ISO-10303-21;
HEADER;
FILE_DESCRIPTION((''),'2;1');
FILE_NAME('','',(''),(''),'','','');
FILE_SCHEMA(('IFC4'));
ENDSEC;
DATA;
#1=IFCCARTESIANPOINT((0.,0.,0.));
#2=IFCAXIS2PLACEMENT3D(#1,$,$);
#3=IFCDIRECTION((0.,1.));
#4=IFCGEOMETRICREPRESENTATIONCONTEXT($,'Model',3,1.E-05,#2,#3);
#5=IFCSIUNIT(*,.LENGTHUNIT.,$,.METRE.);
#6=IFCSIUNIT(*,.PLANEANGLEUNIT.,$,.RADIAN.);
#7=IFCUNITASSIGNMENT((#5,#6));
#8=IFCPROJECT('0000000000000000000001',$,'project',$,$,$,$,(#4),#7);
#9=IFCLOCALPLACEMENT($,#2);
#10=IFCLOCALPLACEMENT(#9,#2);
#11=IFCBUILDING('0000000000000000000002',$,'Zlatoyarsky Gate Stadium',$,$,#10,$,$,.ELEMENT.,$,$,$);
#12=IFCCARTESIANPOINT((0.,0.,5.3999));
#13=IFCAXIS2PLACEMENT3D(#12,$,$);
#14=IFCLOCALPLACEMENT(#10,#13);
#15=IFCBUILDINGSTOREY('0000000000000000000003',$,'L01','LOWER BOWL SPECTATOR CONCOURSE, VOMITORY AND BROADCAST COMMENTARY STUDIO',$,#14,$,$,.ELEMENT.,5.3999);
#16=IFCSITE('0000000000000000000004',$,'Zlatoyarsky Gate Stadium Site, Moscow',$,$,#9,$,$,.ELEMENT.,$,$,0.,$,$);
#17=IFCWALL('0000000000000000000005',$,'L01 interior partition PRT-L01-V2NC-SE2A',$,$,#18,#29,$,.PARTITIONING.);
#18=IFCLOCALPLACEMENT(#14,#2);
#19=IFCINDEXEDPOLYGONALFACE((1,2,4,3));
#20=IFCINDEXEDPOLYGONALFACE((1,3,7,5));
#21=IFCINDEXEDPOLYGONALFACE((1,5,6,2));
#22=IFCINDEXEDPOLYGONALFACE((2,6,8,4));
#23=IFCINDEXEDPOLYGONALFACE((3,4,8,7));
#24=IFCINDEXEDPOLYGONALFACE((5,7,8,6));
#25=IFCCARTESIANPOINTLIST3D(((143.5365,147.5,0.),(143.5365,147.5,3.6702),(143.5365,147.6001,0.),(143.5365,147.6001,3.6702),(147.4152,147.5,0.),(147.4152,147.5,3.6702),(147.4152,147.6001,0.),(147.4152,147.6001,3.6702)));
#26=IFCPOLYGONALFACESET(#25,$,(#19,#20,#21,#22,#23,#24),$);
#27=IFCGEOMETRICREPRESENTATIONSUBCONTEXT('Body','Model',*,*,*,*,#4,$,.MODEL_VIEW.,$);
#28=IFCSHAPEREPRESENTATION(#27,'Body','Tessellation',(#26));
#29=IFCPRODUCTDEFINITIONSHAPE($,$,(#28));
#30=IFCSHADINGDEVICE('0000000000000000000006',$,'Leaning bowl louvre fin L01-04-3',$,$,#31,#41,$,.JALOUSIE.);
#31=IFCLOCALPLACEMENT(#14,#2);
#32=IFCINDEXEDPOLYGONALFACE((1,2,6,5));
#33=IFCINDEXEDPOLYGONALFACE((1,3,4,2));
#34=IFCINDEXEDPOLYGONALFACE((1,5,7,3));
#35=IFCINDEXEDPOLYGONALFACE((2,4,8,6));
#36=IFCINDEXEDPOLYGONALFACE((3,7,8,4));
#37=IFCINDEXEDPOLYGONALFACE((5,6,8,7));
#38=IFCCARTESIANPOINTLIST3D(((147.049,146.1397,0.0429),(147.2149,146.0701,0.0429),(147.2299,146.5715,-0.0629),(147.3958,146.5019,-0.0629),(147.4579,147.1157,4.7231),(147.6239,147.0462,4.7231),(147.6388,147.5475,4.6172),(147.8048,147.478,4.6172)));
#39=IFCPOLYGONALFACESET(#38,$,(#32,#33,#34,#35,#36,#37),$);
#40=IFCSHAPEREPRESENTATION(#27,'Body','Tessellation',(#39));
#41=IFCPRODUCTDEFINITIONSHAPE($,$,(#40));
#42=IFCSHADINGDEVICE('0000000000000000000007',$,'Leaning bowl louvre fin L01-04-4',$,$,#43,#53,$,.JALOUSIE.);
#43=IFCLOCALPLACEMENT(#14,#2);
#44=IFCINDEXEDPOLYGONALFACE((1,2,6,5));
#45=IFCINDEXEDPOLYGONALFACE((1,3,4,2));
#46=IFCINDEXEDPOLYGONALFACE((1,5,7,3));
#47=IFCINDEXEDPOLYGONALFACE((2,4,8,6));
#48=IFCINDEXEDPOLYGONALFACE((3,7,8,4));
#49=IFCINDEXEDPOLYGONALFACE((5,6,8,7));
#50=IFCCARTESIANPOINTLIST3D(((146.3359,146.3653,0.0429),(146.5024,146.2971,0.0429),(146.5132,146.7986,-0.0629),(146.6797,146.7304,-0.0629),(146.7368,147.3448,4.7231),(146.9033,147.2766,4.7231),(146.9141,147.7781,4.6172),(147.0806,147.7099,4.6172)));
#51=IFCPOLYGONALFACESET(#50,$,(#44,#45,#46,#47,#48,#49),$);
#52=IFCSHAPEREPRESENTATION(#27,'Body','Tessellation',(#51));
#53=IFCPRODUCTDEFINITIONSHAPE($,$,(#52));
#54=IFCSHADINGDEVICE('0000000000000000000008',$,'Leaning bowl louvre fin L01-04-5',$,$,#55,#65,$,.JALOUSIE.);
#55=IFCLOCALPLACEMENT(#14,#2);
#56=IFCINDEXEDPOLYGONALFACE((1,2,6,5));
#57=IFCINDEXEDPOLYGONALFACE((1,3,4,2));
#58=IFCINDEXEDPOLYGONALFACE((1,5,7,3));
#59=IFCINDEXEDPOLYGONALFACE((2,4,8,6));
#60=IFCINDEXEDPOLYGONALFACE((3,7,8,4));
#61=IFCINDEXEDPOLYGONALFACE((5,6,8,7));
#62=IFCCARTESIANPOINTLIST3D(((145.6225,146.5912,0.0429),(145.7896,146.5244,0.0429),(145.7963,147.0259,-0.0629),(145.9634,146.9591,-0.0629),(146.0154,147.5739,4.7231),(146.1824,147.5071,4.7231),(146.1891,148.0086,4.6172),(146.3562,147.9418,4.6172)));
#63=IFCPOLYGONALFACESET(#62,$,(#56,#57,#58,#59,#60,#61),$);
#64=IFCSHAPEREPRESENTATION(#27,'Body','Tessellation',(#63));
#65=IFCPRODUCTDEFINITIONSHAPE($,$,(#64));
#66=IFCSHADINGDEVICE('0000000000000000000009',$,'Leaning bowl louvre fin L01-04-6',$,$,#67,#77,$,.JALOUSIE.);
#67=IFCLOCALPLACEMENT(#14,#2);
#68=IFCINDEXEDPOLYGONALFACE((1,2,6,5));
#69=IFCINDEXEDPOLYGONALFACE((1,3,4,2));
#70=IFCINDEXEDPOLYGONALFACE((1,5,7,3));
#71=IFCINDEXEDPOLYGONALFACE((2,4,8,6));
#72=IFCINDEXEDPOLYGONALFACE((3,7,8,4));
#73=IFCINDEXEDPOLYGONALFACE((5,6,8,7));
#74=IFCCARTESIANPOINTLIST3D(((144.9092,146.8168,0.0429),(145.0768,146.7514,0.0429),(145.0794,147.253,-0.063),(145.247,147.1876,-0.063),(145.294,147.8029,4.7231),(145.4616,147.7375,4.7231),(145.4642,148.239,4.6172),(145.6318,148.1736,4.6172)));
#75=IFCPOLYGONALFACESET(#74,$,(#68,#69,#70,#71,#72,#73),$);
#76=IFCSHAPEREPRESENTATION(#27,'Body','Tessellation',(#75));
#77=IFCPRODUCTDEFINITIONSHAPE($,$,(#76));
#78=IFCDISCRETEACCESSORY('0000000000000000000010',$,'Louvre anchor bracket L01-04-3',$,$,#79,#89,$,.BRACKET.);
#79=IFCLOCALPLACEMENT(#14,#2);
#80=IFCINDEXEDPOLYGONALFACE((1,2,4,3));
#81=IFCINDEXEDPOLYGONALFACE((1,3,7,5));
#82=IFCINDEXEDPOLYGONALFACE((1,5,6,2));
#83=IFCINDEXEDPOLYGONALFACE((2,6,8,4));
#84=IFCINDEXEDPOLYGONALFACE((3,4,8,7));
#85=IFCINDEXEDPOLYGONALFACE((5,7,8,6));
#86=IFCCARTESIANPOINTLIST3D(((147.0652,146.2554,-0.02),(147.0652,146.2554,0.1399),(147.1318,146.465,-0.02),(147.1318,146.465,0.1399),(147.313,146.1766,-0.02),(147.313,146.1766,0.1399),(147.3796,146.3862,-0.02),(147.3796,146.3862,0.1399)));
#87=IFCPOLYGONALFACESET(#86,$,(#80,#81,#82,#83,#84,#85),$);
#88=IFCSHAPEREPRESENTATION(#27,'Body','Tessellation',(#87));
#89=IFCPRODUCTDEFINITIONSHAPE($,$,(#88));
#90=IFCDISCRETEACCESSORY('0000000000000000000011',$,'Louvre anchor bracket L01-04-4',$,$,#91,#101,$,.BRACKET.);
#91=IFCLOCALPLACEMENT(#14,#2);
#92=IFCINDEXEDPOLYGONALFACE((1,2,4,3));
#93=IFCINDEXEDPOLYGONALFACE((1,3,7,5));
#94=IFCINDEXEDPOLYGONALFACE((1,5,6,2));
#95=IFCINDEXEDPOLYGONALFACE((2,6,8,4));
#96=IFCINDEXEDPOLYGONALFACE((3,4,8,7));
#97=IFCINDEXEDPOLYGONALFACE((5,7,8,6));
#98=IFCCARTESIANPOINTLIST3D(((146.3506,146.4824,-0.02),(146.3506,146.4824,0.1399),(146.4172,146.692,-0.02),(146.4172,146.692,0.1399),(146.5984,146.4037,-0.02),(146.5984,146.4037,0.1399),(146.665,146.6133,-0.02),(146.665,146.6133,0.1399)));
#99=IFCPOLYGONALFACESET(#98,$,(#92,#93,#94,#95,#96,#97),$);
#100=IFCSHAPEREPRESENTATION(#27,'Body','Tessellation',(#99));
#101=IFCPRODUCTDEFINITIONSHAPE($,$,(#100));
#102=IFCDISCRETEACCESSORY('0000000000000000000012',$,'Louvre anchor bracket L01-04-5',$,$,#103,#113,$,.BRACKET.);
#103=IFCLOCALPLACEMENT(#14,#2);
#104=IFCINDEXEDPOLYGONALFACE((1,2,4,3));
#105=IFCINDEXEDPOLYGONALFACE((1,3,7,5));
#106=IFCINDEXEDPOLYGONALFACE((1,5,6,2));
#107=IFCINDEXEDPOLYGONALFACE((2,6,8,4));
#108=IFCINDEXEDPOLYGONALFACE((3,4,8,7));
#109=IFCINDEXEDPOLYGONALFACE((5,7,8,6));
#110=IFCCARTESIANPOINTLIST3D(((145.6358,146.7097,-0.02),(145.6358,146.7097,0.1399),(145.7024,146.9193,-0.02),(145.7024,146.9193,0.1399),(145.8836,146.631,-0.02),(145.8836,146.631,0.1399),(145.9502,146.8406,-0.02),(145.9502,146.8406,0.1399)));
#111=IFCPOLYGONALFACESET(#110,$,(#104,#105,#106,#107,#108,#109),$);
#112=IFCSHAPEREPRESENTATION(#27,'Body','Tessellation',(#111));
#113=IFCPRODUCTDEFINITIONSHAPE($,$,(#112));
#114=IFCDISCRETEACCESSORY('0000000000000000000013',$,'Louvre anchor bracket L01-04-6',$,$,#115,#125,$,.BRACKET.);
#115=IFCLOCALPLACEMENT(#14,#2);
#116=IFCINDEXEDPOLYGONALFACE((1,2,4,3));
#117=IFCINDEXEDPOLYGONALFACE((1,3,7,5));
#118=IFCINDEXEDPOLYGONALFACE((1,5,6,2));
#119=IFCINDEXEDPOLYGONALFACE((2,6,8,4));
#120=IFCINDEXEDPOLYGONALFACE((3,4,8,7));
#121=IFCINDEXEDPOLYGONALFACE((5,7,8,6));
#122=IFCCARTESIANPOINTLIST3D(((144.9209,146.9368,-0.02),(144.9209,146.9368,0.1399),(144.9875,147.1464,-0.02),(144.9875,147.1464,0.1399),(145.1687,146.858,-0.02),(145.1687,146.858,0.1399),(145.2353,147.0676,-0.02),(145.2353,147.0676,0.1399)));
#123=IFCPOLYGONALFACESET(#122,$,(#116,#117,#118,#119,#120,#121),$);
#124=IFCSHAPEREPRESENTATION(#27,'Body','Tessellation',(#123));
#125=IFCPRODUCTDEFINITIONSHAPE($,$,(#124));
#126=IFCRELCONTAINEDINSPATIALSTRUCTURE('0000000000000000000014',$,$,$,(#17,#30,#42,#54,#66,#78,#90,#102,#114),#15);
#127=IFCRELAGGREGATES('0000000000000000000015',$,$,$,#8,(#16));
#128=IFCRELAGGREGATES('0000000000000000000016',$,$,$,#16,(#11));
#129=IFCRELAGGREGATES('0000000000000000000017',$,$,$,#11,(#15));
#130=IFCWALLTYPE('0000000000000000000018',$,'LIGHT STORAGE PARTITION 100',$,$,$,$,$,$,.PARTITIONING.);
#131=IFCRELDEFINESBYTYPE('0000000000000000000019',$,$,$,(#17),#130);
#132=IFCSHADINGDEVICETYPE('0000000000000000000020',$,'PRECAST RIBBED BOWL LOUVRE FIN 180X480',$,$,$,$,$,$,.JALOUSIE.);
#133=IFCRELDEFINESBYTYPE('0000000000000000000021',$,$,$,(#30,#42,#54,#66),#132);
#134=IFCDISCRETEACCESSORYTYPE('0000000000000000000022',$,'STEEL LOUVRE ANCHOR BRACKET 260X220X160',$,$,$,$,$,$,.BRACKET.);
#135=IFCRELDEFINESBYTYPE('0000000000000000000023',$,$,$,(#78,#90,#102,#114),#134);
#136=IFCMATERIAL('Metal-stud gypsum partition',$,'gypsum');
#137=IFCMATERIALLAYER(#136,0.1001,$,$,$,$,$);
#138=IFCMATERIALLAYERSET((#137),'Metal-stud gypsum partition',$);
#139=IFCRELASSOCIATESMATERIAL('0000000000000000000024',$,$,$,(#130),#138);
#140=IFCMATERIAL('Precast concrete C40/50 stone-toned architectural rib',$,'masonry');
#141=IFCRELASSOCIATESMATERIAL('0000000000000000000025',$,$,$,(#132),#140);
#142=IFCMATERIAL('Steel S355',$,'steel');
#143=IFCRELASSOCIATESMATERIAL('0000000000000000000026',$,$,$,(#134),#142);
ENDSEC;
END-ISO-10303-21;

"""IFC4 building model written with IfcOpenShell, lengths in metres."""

from ifc_helpers import new_model, si_unit, direction, frame, frame_2d, origin, origin_2d, place, context, subcontext, project, spatial, rectangle, extrude, material, layer, layer_set, material_profile, profile_set, type_object, element, save


model = new_model("IFC4")

# Units and contexts
model_context = context("Model", 3, precision=1e-05, world=origin(), true_north=direction((0.0, 1.0)))
body_context = subcontext(model_context, "Body", "Model", "MODEL_VIEW")
ifc_project = project(units=[si_unit("LENGTHUNIT", "METRE"), si_unit("PLANEANGLEUNIT", "RADIAN")], contexts=[model_context])

# Site, building, storey
site_placement = place(None, origin())
site = spatial("IfcSite", under=ifc_project, at=site_placement, Name="Zlatoyarsky Gate Stadium Site, Moscow", CompositionType="ELEMENT", RefElevation=0.0)
building_placement = place(site_placement, origin())
building = spatial("IfcBuilding", under=site, at=building_placement, Name="Zlatoyarsky Gate Stadium", CompositionType="ELEMENT")
storey_placement = place(building_placement, frame((0.0, 0.0, 5.3999)))
storey = spatial("IfcBuildingStorey", under=building, at=storey_placement, Name="L01", Description="LOWER BOWL SPECTATOR CONCOURSE, VOMITORY AND BROADCAST COMMENTARY STUDIO", CompositionType="ELEMENT", Elevation=5.3999)

# Shared definitions
ifc_material_1 = material(Name="Steel S355", Category="steel")

# Wall
ifc_material_2 = material(Name="Metal-stud gypsum partition", Category="gypsum")
ifc_layer_1 = layer(ifc_material_2, 0.1001)
ifc_layer_set_1 = layer_set([ifc_layer_1], Name="Metal-stud gypsum partition")
wall_type_1 = type_object("IfcWallType", Name="LIGHT STORAGE PARTITION 100", PredefinedType="PARTITIONING", material=ifc_layer_set_1)
wall_1_placement = place(storey_placement, frame((143.5364, 147.55, 0.0), z_axis=(0.0, 0.0, 1.0), x_axis=(1.0, 0.0, 0.0)))
element("IfcWall", 1, at=wall_1_placement, inside=storey, type_object=wall_type_1, Name="L01 interior partition PRT-L01-V2NC-SE2A", PredefinedType="PARTITIONING", context=body_context, shape_type="SweptSolid", body=[
    extrude(rectangle(XDim=3.8787, YDim=0.1001, at=frame_2d((1.9395, 0.0))), origin(), (0.0, 0.0, 1.0), 3.6702),
])

# Shading devices
ifc_material_3 = material(Name="Precast concrete C40/50 stone-toned architectural rib", Category="masonry")
ifc_material_profile_1 = material_profile(ifc_material_3, rectangle(XDim=0.1799, YDim=0.48, at=origin_2d()), Name="RIB 180X480")
ifc_profile_set_1 = profile_set([ifc_material_profile_1], Name="Precast concrete C40/50 stone-toned architectural rib")
shading_device_type = type_object("IfcShadingDeviceType", Name="PRECAST RIBBED BOWL LOUVRE FIN 180X480", PredefinedType="JALOUSIE", material=ifc_profile_set_1)
for number, where, z_axis, x_axis, name in (
    (2, (147.2224, 146.3208, -0.01), (0.085225, 0.203419, 0.975375), (-0.922324, 0.386417, 0.0), "Leaning bowl louvre fin L01-04-3"),
    (3, (146.5078, 146.5479, -0.01), (0.083545, 0.204131, 0.975372), (-0.925488, 0.378777, 0.0), "Leaning bowl louvre fin L01-04-4"),
    (4, (145.793, 146.7751, -0.01), (0.081866, 0.204793, 0.975376), (-0.928556, 0.371192, 0.0), "Leaning bowl louvre fin L01-04-5"),
    (5, (145.0781, 147.0022, -0.01), (0.080187, 0.205504, 0.975366), (-0.931593, 0.363503, 0.0), "Leaning bowl louvre fin L01-04-6"),
):
    element("IfcShadingDevice", number, at=place(storey_placement, frame(where, z_axis=z_axis, x_axis=x_axis)), inside=storey, type_object=shading_device_type, Name=name, PredefinedType="JALOUSIE", context=body_context, shape_type="SweptSolid", body=[
        extrude(rectangle(XDim=0.1799, YDim=0.48, at=origin_2d()), origin(), (0.0, 0.0, 1.0), 4.7983),
    ])

# Discrete accessories
discrete_accessory_type = type_object("IfcDiscreteAccessoryType", Name="STEEL LOUVRE ANCHOR BRACKET 260X220X160", PredefinedType="BRACKET", material=ifc_material_1)
for number, where, z_axis, x_axis, name in (
    (6, (147.2224, 146.3208, -0.02), (0.0, 0.0, 1.0), (-0.953027, 0.302886, 0.0), "Louvre anchor bracket L01-04-3"),
    (7, (146.5078, 146.5479, -0.02), (0.0, 0.0, 1.0), (-0.953027, 0.302886, 0.0), "Louvre anchor bracket L01-04-4"),
    (8, (145.793, 146.7751, -0.02), (0.0, 0.0, 1.0), (-0.953027, 0.302886, 0.0), "Louvre anchor bracket L01-04-5"),
    (9, (145.0781, 147.0022, -0.02), (0.0, 0.0, 1.0), (-0.953027, 0.302886, 0.0), "Louvre anchor bracket L01-04-6"),
):
    element("IfcDiscreteAccessory", number, at=place(storey_placement, frame(where, z_axis=z_axis, x_axis=x_axis)), inside=storey, type_object=discrete_accessory_type, Name=name, PredefinedType="BRACKET", context=body_context, shape_type="SweptSolid", body=[
        extrude(rectangle(XDim=0.26, YDim=0.22, at=origin_2d()), origin(), (0.0, 0.0, 1.0), 0.1599),
    ])

save(model, "model.ifc")
